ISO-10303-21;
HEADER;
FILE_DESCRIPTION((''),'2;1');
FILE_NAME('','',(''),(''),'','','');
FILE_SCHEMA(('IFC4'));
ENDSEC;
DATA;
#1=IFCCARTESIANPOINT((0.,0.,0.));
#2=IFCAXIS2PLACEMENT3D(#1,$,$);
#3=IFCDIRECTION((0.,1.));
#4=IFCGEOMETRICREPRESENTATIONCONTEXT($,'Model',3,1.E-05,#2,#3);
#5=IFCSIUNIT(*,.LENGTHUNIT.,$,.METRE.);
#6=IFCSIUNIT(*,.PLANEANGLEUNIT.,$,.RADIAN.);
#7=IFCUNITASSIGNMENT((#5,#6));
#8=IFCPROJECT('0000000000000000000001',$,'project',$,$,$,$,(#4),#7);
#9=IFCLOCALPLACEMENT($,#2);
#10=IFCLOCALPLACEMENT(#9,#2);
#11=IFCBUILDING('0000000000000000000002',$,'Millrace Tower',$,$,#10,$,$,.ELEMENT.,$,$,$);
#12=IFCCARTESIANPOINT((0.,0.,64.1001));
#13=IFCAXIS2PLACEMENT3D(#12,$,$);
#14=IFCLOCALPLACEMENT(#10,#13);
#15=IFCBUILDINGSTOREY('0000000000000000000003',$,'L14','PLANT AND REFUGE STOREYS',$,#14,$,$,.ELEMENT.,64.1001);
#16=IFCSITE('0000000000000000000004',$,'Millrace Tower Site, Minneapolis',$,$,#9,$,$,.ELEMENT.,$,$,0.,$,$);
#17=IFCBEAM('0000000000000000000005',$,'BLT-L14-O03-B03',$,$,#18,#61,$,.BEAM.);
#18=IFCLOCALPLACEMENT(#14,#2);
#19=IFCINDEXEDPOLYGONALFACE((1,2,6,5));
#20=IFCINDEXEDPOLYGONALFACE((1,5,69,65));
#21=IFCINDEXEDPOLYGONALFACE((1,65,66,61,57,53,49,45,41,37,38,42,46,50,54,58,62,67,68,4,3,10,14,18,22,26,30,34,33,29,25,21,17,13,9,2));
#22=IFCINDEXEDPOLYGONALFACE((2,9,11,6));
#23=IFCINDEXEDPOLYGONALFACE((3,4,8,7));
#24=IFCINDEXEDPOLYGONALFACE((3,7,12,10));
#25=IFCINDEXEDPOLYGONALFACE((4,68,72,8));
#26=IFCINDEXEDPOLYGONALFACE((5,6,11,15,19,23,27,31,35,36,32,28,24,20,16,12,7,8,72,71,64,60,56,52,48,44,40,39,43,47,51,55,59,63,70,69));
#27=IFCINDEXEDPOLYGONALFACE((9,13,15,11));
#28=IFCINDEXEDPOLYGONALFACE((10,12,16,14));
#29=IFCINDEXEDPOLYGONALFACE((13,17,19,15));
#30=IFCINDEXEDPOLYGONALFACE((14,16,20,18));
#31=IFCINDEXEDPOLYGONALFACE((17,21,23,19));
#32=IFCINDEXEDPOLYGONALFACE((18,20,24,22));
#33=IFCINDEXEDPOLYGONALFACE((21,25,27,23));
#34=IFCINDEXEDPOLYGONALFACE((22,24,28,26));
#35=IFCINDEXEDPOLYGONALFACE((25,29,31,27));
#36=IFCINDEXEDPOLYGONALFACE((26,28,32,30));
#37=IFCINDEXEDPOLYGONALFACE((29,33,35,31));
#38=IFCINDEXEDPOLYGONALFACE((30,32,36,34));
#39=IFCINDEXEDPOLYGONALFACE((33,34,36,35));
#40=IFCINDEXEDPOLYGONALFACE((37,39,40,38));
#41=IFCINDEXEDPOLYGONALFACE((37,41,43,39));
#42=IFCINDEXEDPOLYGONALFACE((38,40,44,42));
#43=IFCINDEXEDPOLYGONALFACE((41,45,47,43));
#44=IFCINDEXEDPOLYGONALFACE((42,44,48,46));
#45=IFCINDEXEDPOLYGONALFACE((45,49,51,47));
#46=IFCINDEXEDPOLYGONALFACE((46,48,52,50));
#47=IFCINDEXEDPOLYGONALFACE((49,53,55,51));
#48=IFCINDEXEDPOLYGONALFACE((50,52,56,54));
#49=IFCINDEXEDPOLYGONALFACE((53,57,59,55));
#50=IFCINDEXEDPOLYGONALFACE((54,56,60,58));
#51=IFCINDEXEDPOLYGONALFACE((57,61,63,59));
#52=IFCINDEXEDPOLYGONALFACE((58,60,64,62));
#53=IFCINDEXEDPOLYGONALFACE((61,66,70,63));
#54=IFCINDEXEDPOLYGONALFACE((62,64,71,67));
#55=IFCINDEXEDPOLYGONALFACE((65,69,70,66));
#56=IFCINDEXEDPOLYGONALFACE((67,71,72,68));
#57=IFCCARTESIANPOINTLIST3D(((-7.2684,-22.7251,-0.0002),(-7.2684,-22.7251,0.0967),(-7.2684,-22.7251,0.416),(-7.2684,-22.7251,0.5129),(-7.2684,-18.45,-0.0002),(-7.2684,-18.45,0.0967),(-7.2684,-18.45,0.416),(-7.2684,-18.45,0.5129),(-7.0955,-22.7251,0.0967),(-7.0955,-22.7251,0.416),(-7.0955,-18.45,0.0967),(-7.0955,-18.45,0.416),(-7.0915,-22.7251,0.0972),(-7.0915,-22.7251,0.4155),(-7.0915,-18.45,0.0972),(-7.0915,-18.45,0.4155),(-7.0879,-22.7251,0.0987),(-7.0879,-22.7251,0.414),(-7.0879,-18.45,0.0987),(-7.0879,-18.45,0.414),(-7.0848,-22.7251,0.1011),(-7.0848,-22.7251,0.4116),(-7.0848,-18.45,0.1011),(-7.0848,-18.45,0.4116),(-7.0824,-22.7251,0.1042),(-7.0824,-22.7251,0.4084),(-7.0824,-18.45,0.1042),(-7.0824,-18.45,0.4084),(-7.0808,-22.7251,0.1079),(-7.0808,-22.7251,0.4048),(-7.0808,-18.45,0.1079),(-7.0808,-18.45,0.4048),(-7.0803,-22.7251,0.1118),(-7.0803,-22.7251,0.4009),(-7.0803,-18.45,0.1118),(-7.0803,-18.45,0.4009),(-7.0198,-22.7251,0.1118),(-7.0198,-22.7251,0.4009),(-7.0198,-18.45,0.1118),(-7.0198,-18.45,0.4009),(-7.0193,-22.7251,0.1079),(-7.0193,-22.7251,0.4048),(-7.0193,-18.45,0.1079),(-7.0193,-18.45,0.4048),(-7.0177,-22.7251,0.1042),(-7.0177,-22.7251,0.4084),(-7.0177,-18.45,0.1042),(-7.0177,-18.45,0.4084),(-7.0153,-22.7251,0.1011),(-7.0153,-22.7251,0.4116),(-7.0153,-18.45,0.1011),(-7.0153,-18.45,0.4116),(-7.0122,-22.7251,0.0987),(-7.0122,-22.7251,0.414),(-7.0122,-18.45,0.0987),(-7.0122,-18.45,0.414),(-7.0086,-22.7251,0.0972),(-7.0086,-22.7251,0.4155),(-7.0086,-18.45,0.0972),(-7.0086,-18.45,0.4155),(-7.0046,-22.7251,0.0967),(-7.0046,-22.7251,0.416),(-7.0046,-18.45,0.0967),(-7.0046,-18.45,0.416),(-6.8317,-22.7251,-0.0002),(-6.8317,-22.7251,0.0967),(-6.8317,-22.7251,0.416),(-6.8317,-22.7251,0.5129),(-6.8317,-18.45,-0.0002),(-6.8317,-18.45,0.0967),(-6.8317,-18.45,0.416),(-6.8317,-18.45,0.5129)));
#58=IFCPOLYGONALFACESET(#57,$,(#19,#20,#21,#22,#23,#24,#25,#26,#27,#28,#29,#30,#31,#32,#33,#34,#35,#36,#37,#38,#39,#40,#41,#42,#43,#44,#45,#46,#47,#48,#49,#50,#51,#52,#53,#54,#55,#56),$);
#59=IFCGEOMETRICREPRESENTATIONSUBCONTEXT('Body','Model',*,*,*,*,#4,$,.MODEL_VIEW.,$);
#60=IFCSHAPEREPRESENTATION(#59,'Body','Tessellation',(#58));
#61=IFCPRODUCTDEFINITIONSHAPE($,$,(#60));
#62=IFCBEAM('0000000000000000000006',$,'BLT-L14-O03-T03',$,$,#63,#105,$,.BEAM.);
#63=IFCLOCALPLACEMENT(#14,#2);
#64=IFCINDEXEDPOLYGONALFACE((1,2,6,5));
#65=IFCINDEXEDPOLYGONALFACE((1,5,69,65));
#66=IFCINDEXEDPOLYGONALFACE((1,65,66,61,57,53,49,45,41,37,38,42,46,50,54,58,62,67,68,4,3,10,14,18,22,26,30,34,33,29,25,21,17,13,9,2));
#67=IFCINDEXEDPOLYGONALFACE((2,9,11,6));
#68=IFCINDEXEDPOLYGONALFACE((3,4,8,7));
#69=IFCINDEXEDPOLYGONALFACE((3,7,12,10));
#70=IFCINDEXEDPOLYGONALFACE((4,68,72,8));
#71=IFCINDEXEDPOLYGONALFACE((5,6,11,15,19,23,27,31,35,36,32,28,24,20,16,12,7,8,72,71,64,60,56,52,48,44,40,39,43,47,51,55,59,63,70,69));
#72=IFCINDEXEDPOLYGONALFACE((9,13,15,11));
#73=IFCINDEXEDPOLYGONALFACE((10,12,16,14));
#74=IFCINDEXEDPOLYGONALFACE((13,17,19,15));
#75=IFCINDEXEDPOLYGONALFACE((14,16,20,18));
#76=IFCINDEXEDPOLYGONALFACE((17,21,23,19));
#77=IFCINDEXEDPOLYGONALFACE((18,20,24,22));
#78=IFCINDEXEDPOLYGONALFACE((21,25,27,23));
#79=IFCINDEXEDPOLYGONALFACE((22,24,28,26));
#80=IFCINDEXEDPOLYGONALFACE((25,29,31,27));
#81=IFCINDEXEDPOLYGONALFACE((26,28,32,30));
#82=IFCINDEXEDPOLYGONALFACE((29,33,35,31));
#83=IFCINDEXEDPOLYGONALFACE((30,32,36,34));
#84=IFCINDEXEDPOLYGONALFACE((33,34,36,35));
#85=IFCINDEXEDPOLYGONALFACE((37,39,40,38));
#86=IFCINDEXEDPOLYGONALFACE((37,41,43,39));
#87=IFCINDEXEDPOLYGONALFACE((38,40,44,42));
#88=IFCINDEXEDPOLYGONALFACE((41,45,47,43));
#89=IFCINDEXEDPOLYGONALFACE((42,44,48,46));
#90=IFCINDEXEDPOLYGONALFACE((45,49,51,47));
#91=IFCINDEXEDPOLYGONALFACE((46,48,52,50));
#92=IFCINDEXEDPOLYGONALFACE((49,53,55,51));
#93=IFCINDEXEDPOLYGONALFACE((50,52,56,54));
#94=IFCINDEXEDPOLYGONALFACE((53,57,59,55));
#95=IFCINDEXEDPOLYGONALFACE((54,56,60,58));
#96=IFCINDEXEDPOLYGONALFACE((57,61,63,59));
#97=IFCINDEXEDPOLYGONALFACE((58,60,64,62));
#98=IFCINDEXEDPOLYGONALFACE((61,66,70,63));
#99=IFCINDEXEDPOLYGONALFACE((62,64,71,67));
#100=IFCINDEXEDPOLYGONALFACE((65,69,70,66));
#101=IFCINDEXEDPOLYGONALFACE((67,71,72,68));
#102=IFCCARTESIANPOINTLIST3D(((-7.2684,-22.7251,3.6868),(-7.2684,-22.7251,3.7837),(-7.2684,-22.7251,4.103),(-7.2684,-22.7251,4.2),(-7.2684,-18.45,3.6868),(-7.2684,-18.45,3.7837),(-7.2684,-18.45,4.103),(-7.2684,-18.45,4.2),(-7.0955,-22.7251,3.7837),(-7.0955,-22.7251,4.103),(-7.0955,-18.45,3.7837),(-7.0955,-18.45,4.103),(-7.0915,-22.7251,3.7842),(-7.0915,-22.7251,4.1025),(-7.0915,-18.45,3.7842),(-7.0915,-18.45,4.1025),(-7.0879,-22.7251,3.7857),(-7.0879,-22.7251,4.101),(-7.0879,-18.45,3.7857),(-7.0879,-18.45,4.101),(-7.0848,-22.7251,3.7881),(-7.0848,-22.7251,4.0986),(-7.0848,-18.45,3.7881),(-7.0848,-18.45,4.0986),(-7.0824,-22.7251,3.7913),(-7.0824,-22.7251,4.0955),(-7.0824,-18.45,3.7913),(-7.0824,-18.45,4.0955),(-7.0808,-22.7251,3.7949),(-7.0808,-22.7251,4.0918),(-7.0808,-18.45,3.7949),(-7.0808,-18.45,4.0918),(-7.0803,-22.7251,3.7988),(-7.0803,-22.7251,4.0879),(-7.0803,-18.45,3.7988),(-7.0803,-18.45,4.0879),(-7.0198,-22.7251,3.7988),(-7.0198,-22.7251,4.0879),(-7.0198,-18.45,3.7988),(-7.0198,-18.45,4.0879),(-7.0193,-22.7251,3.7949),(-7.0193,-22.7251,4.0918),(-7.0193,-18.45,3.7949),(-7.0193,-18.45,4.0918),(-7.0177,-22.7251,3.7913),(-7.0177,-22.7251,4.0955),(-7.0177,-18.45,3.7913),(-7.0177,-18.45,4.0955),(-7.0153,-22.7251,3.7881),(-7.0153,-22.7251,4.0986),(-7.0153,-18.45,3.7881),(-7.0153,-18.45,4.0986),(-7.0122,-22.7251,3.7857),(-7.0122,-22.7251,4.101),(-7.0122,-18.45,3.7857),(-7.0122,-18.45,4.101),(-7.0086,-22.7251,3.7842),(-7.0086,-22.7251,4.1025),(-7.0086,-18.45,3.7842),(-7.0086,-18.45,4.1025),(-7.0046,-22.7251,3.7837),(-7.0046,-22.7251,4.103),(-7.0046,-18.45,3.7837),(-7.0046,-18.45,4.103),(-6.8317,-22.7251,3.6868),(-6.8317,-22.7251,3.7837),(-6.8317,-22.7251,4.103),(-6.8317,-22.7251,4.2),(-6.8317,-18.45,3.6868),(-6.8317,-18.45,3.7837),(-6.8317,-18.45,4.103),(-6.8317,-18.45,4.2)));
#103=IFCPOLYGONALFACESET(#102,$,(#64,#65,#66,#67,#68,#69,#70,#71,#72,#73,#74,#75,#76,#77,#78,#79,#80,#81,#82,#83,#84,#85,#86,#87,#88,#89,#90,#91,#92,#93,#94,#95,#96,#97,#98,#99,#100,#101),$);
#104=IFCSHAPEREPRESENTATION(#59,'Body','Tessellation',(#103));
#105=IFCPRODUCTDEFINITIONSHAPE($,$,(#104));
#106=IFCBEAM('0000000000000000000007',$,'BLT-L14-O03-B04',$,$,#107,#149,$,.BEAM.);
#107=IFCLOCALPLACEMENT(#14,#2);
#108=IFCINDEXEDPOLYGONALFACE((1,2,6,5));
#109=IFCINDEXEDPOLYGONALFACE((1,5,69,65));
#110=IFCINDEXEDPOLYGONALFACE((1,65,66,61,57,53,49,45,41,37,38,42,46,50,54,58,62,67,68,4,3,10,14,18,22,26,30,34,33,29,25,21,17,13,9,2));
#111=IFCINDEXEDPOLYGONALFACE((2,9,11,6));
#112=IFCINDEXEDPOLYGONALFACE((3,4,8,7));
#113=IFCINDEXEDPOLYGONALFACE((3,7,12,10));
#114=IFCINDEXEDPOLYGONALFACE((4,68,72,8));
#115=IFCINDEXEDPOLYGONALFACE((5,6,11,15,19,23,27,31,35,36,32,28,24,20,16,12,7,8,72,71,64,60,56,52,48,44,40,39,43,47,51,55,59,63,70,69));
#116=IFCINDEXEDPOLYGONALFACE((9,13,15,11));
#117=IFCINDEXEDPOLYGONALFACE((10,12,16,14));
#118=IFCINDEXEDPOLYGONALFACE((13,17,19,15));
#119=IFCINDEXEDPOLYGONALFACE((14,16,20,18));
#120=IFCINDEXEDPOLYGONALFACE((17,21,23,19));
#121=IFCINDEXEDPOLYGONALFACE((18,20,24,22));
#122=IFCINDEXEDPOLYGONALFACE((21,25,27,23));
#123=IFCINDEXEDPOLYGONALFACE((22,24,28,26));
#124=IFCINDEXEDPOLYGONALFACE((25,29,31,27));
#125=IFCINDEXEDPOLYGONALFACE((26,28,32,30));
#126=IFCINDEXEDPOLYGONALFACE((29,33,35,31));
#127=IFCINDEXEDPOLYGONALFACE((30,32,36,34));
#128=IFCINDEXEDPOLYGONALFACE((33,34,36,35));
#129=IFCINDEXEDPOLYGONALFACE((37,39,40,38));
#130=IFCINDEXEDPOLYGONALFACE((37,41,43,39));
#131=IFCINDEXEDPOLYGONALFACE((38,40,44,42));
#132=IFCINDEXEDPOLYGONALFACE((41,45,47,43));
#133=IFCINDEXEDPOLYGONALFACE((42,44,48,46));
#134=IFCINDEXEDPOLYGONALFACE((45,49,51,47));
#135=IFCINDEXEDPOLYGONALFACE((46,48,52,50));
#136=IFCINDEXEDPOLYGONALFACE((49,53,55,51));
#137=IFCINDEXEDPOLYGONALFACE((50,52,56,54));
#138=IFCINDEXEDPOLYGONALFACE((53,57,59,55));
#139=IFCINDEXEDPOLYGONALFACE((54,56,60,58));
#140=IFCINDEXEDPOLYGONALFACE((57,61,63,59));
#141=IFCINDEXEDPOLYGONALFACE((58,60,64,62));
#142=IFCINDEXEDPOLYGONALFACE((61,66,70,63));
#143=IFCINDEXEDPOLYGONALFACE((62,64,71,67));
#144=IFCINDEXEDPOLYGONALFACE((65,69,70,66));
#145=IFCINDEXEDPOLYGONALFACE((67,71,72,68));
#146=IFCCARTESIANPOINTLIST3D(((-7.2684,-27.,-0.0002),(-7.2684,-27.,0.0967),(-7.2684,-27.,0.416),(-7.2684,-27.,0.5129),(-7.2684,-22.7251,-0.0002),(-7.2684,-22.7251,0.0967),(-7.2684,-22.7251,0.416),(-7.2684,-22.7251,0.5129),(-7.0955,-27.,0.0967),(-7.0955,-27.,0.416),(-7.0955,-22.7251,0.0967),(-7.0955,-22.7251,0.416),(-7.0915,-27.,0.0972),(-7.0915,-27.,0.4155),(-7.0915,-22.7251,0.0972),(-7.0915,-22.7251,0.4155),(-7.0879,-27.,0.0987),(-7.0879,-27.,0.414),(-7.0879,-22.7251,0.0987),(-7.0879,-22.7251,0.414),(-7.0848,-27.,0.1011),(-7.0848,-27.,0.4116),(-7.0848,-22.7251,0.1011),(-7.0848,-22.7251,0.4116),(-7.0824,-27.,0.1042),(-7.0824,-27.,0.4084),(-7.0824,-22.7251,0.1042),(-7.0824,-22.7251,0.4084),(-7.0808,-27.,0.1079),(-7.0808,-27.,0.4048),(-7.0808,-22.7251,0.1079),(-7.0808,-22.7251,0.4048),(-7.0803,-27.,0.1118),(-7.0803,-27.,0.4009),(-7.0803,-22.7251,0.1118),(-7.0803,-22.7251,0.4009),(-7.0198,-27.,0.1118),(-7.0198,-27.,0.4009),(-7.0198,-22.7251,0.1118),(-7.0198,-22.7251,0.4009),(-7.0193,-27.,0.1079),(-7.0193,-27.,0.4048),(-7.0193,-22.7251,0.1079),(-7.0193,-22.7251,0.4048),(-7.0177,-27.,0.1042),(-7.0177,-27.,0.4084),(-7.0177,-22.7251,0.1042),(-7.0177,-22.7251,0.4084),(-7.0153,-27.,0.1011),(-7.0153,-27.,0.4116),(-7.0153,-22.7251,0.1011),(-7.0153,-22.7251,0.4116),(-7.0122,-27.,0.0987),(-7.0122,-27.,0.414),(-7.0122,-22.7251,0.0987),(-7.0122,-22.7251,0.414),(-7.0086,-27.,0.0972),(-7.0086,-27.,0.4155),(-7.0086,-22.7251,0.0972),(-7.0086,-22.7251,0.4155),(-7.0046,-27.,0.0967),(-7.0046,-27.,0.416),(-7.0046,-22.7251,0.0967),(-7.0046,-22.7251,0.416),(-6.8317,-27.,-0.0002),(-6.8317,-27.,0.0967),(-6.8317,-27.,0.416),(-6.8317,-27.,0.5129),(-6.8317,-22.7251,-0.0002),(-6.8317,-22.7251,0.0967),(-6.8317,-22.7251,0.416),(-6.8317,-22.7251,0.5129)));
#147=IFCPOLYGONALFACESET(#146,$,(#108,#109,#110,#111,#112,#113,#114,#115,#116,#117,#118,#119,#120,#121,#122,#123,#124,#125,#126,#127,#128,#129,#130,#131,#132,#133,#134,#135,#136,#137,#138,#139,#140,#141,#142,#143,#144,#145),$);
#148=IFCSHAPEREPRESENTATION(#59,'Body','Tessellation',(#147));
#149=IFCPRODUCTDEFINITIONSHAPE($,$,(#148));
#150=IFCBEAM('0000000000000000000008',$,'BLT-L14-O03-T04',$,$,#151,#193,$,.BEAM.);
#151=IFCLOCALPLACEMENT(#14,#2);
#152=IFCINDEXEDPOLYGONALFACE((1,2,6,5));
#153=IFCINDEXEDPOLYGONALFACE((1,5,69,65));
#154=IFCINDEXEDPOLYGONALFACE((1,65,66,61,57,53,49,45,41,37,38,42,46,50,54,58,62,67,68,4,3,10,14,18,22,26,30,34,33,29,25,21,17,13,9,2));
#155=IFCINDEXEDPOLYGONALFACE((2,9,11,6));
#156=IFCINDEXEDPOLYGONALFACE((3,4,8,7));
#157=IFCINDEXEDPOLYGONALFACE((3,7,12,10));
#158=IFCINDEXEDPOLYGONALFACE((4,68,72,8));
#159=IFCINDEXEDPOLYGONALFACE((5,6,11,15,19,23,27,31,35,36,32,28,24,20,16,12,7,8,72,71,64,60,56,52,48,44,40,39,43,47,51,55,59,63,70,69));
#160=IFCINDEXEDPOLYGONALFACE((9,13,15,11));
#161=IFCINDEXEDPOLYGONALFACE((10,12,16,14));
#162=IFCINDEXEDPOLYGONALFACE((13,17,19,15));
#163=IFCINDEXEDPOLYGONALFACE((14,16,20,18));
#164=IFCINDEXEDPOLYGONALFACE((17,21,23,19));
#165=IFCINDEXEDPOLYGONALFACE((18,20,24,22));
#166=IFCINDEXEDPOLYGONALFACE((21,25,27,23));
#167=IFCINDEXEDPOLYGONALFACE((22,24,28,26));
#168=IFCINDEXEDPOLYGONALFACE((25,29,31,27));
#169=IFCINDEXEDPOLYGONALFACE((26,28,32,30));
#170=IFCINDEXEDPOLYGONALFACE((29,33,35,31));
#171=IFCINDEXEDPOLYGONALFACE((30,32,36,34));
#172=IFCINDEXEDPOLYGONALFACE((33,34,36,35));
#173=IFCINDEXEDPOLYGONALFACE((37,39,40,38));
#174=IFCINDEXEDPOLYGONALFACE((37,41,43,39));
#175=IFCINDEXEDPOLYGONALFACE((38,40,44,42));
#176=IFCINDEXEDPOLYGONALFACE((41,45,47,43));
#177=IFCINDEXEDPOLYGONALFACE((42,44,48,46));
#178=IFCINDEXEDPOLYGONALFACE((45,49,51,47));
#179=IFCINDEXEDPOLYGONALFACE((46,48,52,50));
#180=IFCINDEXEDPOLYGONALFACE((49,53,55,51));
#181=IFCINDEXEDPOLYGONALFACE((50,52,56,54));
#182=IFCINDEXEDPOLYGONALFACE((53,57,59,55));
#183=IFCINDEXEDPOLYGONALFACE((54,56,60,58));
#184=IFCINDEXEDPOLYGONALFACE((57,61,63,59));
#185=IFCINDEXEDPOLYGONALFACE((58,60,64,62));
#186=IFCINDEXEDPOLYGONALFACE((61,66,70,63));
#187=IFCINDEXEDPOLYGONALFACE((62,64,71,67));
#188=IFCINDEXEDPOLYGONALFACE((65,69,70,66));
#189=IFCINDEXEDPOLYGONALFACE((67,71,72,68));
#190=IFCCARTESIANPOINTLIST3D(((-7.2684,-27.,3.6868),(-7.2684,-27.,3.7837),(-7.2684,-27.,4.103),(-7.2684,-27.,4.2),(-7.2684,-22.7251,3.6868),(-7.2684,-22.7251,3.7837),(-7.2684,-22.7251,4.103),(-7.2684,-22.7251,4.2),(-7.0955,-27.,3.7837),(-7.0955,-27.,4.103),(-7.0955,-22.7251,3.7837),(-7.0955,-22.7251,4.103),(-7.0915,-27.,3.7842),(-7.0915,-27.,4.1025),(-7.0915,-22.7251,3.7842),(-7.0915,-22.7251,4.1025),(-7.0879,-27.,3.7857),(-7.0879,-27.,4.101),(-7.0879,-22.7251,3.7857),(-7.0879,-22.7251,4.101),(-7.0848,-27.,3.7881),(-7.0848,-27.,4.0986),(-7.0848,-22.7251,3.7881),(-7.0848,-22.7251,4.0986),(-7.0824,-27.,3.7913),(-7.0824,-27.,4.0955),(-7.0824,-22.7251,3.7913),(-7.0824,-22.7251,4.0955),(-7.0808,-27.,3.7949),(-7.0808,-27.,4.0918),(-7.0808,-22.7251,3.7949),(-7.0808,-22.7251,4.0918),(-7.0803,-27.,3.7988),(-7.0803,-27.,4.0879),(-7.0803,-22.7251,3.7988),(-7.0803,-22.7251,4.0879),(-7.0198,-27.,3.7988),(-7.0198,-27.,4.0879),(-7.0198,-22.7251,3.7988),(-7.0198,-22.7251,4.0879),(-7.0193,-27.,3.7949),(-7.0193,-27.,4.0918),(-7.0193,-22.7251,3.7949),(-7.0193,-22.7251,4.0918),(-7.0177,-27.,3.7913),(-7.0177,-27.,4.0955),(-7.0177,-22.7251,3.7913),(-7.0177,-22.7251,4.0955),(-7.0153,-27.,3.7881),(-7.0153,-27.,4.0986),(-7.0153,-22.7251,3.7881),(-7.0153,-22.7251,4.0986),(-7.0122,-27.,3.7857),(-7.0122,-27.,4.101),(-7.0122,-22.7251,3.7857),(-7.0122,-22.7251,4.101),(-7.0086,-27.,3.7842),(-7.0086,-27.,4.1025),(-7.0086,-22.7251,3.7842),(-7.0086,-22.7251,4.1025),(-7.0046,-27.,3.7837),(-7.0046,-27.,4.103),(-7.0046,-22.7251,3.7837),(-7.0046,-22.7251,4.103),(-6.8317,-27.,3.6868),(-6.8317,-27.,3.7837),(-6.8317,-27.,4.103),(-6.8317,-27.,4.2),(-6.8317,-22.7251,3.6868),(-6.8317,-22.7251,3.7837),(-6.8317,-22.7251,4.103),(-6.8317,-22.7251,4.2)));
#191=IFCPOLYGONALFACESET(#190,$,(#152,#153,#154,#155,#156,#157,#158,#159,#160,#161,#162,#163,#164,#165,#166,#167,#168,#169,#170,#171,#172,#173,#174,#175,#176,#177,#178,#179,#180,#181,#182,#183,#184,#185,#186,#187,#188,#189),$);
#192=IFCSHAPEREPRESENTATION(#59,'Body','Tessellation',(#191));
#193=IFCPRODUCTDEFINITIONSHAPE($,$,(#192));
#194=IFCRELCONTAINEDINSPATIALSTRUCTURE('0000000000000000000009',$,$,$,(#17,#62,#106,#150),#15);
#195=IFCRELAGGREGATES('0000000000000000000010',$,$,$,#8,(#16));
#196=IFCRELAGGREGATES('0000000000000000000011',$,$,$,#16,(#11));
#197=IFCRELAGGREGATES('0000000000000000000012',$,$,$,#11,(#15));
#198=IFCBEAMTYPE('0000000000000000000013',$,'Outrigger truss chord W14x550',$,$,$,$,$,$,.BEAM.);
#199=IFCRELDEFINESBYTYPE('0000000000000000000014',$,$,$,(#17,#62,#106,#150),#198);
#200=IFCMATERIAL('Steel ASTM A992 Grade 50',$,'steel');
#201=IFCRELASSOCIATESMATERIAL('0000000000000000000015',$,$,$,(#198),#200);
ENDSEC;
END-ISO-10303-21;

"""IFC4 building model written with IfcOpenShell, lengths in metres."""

from ifc_helpers import new_model, si_unit, direction, frame, origin, origin_2d, place, context, subcontext, project, spatial, i_section, extrude, material, material_profile, profile_set, type_object, element, save


model = new_model("IFC4")

# Units and contexts
model_context = context("Model", 3, precision=1e-05, world=origin(), true_north=direction((0.0, 1.0)))
body_context = subcontext(model_context, "Body", "Model", "MODEL_VIEW")
ifc_project = project(units=[si_unit("LENGTHUNIT", "METRE"), si_unit("PLANEANGLEUNIT", "RADIAN")], contexts=[model_context])

# Site, building, storey
site_placement = place(None, origin())
site = spatial("IfcSite", under=ifc_project, at=site_placement, Name="Millrace Tower Site, Minneapolis", CompositionType="ELEMENT", RefElevation=0.0)
building_placement = place(site_placement, origin())
building = spatial("IfcBuilding", under=site, at=building_placement, Name="Millrace Tower", CompositionType="ELEMENT")
storey_placement = place(building_placement, frame((0.0, 0.0, 64.1001)))
storey = spatial("IfcBuildingStorey", under=building, at=storey_placement, Name="L14", Description="PLANT AND REFUGE STOREYS", CompositionType="ELEMENT", Elevation=64.1001)

# Beams
ifc_material_1 = material(Name="Steel ASTM A992 Grade 50", Category="steel")
ifc_material_profile_1 = material_profile(ifc_material_1, i_section(OverallWidth=0.4368, OverallDepth=0.5132, WebThickness=0.0605, FlangeThickness=0.0969, FilletRadius=0.0151, at=origin_2d()))
ifc_profile_set_1 = profile_set([ifc_material_profile_1], Name="Steel ASTM A992 Grade 50")
beam_type_1 = type_object("IfcBeamType", Name="Outrigger truss chord W14x550", PredefinedType="BEAM", material=ifc_profile_set_1)
for number, where, z_axis, x_axis, name in (
    (1, (-7.05, -18.45, 0.2563), (0.0, -1.0, 0.0), (1.0, 0.0, 0.0), "BLT-L14-O03-B03"),
    (2, (-7.05, -18.45, 3.9434), (0.0, -1.0, 0.0), (1.0, 0.0, 0.0), "BLT-L14-O03-T03"),
):
    element("IfcBeam", number, at=place(storey_placement, frame(where, z_axis=z_axis, x_axis=x_axis)), inside=storey, type_object=beam_type_1, Name=name, PredefinedType="BEAM", context=body_context, shape_type="SweptSolid", body=[
        extrude(i_section(OverallWidth=0.4368, OverallDepth=0.5132, WebThickness=0.0605, FlangeThickness=0.0969, FilletRadius=0.0151, at=origin_2d()), origin(), (0.0, 0.0, 1.0), 4.2751),
    ])
for number, where, z_axis, x_axis, name in (
    (3, (-7.05, -22.7251, 0.2563), (0.0, -1.0, 0.0), (1.0, 0.0, 0.0), "BLT-L14-O03-B04"),
    (4, (-7.05, -22.7251, 3.9434), (0.0, -1.0, 0.0), (1.0, 0.0, 0.0), "BLT-L14-O03-T04"),
):
    element("IfcBeam", number, at=place(storey_placement, frame(where, z_axis=z_axis, x_axis=x_axis)), inside=storey, type_object=beam_type_1, Name=name, PredefinedType="BEAM", context=body_context, shape_type="SweptSolid", body=[
        extrude(i_section(OverallWidth=0.4368, OverallDepth=0.5132, WebThickness=0.0605, FlangeThickness=0.0969, FilletRadius=0.0151, at=origin_2d()), origin(), (0.0, 0.0, 1.0), 4.2749),
    ])

save(model, "model.ifc")
